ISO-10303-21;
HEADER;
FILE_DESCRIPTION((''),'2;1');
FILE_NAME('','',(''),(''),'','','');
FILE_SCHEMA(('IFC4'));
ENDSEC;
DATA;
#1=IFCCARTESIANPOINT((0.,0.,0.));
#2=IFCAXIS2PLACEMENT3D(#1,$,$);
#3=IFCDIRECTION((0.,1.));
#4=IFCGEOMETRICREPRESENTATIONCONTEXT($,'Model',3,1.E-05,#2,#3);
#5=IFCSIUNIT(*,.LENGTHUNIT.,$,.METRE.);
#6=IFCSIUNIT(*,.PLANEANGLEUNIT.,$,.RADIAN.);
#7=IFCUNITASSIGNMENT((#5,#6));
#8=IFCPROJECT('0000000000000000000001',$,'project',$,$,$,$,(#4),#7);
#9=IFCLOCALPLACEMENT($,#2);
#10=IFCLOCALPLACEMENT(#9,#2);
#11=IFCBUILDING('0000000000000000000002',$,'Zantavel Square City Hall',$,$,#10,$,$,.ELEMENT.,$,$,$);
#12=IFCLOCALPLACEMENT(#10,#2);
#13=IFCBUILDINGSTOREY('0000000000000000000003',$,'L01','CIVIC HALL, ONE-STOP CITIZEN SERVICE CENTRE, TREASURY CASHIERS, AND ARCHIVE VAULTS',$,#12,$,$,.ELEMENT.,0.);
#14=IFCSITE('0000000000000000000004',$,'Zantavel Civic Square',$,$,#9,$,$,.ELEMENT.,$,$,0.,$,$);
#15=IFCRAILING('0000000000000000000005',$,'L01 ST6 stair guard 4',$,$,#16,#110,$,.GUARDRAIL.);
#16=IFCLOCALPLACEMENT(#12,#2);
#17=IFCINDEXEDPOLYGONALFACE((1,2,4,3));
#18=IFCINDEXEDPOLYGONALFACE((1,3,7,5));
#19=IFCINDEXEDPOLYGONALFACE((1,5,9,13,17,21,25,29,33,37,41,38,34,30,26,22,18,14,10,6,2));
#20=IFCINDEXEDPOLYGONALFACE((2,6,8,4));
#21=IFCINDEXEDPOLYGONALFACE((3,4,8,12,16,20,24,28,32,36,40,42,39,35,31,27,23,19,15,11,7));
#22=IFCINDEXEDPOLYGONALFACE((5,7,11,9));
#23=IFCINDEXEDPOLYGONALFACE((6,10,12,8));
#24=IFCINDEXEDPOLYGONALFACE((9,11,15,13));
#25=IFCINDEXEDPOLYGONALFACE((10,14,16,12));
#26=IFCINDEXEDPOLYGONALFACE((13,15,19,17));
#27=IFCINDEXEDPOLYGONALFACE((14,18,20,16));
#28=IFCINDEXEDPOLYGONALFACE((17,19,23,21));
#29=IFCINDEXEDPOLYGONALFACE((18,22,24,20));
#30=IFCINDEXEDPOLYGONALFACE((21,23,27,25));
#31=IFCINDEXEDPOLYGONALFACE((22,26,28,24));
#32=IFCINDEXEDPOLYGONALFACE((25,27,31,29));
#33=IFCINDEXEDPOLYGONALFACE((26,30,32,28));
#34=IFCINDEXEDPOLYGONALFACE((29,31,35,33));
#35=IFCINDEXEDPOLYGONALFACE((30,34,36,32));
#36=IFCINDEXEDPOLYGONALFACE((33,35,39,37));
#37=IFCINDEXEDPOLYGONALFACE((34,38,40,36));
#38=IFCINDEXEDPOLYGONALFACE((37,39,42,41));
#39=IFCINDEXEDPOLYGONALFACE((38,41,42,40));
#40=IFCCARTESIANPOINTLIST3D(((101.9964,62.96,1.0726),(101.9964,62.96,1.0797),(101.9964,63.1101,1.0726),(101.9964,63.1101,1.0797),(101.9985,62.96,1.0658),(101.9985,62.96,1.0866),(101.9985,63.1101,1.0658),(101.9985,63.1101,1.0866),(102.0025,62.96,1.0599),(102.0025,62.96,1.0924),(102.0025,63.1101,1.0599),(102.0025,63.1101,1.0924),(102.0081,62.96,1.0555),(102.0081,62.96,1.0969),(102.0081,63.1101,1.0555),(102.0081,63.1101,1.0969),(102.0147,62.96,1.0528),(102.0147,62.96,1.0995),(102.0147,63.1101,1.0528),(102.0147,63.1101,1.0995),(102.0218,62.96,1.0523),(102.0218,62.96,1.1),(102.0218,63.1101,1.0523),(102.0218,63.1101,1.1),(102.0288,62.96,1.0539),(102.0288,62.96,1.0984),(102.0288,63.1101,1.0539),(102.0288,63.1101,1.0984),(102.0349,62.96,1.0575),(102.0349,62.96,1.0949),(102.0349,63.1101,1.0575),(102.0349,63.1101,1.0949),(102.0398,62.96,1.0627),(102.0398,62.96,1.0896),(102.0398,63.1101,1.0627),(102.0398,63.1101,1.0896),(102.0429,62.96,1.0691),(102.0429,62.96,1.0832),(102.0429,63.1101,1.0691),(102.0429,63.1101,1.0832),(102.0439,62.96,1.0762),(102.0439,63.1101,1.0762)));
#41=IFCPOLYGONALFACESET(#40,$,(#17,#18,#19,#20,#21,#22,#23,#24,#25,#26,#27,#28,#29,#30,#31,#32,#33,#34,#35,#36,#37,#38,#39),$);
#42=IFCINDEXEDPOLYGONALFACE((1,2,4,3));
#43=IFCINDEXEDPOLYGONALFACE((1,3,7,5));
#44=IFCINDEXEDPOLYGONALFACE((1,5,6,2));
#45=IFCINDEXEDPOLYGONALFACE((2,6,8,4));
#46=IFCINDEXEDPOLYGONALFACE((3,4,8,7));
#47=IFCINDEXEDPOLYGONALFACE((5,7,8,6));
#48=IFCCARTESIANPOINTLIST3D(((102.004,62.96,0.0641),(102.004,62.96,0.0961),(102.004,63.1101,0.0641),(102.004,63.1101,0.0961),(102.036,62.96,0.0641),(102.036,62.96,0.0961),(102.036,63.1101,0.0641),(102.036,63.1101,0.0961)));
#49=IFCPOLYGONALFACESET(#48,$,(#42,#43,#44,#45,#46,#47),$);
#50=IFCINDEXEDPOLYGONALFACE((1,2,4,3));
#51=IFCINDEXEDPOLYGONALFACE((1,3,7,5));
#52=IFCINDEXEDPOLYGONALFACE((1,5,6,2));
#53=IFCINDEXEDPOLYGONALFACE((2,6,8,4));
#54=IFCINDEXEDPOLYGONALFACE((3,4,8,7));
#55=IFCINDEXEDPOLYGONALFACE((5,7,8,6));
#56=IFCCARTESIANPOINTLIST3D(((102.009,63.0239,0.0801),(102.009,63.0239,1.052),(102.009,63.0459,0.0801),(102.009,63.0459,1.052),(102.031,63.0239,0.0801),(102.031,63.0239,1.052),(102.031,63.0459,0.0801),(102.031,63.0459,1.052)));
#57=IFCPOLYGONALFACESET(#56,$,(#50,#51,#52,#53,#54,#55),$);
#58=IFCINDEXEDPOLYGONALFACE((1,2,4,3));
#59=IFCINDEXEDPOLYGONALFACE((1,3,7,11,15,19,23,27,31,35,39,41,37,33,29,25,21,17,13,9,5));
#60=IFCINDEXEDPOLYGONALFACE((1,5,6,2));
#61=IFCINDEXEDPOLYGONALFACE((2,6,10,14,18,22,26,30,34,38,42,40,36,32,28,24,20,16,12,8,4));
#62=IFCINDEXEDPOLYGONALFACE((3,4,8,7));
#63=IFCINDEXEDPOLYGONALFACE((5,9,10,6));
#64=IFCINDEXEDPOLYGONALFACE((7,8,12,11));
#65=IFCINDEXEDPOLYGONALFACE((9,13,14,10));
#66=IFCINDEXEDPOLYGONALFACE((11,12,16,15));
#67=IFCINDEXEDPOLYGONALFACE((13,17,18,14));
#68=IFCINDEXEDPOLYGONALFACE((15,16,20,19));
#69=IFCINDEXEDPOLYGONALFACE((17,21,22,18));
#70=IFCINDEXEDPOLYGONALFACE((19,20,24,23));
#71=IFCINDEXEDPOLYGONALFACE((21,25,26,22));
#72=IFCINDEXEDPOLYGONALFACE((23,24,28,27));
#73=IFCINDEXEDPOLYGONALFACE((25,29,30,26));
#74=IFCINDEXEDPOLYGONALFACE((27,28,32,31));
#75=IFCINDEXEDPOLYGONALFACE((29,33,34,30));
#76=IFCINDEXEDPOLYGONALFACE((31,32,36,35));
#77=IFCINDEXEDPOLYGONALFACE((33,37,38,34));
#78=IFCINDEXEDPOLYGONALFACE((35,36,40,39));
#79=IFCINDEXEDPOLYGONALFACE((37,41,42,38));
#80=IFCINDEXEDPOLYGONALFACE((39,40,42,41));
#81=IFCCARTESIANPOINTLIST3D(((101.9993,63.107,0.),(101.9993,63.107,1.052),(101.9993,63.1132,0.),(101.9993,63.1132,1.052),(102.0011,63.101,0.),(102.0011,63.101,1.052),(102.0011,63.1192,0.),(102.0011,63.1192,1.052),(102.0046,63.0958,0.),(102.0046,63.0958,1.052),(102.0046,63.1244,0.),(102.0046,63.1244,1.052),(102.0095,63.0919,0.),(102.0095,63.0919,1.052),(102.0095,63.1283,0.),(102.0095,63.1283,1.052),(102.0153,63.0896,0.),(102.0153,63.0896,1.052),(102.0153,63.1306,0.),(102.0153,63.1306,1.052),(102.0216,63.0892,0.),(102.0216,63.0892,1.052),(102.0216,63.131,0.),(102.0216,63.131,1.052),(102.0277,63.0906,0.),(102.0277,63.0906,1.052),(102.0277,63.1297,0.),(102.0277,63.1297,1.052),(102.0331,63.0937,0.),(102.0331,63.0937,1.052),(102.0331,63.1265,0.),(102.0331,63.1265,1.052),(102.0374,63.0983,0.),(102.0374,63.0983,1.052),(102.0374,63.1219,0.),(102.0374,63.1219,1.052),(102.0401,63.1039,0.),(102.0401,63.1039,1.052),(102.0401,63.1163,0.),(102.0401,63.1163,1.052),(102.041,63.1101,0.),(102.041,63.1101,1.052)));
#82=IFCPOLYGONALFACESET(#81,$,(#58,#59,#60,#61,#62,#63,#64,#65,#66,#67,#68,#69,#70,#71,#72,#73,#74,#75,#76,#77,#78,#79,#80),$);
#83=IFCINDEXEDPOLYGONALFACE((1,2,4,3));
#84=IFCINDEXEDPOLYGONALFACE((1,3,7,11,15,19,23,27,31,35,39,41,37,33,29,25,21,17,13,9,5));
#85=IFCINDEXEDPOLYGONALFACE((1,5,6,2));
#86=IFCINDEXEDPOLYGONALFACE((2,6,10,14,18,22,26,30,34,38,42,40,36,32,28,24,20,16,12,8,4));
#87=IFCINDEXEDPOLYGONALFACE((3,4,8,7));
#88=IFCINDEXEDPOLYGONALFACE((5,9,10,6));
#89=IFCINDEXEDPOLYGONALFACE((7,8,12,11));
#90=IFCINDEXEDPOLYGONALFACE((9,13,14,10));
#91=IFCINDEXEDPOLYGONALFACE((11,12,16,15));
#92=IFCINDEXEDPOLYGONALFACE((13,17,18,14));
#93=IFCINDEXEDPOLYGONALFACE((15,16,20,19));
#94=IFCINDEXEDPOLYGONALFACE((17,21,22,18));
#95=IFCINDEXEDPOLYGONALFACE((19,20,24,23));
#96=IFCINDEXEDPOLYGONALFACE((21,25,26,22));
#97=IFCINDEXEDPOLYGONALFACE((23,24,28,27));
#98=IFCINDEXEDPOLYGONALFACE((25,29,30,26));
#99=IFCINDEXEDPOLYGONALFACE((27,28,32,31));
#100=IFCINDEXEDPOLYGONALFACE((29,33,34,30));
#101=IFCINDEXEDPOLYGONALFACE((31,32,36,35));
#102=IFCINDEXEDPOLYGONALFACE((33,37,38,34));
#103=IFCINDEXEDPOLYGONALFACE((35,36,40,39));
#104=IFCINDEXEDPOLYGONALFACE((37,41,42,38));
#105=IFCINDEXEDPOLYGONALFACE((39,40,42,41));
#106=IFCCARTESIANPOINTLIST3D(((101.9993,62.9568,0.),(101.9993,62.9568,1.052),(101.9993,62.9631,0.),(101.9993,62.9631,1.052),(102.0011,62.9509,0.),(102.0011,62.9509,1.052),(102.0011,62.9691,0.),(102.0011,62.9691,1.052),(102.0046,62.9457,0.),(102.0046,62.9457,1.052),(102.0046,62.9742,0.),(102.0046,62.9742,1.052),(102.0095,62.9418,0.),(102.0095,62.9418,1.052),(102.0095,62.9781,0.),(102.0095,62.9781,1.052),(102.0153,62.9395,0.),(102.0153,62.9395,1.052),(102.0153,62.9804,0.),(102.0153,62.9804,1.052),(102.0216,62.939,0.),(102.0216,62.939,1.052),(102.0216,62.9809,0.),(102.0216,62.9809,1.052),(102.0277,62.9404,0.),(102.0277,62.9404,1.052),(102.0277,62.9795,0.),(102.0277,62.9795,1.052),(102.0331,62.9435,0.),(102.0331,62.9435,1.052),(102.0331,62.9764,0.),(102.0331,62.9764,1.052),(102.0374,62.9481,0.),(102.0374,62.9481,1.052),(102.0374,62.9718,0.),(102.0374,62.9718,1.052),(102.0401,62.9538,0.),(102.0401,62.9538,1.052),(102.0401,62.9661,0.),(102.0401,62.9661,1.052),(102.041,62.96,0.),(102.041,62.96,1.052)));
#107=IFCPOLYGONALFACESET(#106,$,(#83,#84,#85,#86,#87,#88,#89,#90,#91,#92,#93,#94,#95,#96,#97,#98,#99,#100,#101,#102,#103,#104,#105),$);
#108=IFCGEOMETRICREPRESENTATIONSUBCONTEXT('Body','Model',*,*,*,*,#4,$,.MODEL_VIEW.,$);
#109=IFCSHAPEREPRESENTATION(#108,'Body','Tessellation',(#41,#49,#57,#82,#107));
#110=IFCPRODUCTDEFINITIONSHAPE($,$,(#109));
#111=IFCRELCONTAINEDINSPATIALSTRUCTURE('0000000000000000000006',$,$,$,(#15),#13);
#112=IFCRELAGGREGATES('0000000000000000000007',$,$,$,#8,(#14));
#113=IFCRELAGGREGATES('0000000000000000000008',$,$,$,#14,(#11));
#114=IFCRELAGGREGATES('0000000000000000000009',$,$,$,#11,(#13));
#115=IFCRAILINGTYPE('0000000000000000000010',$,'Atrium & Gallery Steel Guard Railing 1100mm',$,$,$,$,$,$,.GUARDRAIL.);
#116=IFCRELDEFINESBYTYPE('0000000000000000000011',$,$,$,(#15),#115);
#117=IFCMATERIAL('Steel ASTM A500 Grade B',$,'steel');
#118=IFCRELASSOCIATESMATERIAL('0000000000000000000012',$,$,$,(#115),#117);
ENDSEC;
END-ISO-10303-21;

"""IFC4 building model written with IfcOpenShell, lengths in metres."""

from ifc_helpers import new_model, si_unit, direction, frame, origin, origin_2d, place, context, subcontext, project, spatial, rectangle, circle, extrude, material, type_object, element, save


model = new_model("IFC4")

# Units and contexts
model_context = context("Model", 3, precision=1e-05, world=origin(), true_north=direction((0.0, 1.0)))
body_context = subcontext(model_context, "Body", "Model", "MODEL_VIEW")
ifc_project = project(units=[si_unit("LENGTHUNIT", "METRE"), si_unit("PLANEANGLEUNIT", "RADIAN")], contexts=[model_context])

# Site, building, storey
site_placement = place(None, origin())
site = spatial("IfcSite", under=ifc_project, at=site_placement, Name="Zantavel Civic Square", CompositionType="ELEMENT", RefElevation=0.0)
building_placement = place(site_placement, origin())
building = spatial("IfcBuilding", under=site, at=building_placement, Name="Zantavel Square City Hall", CompositionType="ELEMENT")
storey_placement = place(building_placement, origin())
storey = spatial("IfcBuildingStorey", under=building, at=storey_placement, Name="L01", Description="CIVIC HALL, ONE-STOP CITIZEN SERVICE CENTRE, TREASURY CASHIERS, AND ARCHIVE VAULTS", CompositionType="ELEMENT", Elevation=0.0)

# Shared definitions
ifc_material_1 = material(Name="Steel ASTM A500 Grade B", Category="steel")

# Railing
railing_type_1 = type_object("IfcRailingType", Name="Atrium & Gallery Steel Guard Railing 1100mm", PredefinedType="GUARDRAIL", material=ifc_material_1)
railing_1_placement = place(storey_placement, frame((102.02, 63.1101, 0.0)))
element("IfcRailing", 1, at=railing_1_placement, inside=storey, type_object=railing_type_1, Name="L01 ST6 stair guard 4", PredefinedType="GUARDRAIL", context=body_context, shape_type="SweptSolid", body=[
    extrude(circle(Radius=0.0239, at=origin_2d()), frame((0.0, 0.0, 1.0762), z_axis=(0.0, -1.0, 0.0), x_axis=(1.0, 0.0, 0.0)), (0.0, 0.0, 1.0), 0.1501),
    extrude(rectangle(XDim=0.032, YDim=0.032, at=origin_2d()), frame((0.0, 0.0, 0.0801), z_axis=(0.0, -1.0, 0.0), x_axis=(1.0, 0.0, 0.0)), (0.0, 0.0, 1.0), 0.1501),
    extrude(rectangle(XDim=0.022, YDim=0.022, at=origin_2d()), frame((0.0, -0.0752, 0.0801)), (0.0, 0.0, 1.0), 0.9719),
    extrude(circle(Radius=0.021, at=origin_2d()), origin(), (0.0, 0.0, 1.0), 1.052),
    extrude(circle(Radius=0.021, at=origin_2d()), frame((0.0, -0.1501, 0.0)), (0.0, 0.0, 1.0), 1.052),
])

save(model, "model.ifc")
